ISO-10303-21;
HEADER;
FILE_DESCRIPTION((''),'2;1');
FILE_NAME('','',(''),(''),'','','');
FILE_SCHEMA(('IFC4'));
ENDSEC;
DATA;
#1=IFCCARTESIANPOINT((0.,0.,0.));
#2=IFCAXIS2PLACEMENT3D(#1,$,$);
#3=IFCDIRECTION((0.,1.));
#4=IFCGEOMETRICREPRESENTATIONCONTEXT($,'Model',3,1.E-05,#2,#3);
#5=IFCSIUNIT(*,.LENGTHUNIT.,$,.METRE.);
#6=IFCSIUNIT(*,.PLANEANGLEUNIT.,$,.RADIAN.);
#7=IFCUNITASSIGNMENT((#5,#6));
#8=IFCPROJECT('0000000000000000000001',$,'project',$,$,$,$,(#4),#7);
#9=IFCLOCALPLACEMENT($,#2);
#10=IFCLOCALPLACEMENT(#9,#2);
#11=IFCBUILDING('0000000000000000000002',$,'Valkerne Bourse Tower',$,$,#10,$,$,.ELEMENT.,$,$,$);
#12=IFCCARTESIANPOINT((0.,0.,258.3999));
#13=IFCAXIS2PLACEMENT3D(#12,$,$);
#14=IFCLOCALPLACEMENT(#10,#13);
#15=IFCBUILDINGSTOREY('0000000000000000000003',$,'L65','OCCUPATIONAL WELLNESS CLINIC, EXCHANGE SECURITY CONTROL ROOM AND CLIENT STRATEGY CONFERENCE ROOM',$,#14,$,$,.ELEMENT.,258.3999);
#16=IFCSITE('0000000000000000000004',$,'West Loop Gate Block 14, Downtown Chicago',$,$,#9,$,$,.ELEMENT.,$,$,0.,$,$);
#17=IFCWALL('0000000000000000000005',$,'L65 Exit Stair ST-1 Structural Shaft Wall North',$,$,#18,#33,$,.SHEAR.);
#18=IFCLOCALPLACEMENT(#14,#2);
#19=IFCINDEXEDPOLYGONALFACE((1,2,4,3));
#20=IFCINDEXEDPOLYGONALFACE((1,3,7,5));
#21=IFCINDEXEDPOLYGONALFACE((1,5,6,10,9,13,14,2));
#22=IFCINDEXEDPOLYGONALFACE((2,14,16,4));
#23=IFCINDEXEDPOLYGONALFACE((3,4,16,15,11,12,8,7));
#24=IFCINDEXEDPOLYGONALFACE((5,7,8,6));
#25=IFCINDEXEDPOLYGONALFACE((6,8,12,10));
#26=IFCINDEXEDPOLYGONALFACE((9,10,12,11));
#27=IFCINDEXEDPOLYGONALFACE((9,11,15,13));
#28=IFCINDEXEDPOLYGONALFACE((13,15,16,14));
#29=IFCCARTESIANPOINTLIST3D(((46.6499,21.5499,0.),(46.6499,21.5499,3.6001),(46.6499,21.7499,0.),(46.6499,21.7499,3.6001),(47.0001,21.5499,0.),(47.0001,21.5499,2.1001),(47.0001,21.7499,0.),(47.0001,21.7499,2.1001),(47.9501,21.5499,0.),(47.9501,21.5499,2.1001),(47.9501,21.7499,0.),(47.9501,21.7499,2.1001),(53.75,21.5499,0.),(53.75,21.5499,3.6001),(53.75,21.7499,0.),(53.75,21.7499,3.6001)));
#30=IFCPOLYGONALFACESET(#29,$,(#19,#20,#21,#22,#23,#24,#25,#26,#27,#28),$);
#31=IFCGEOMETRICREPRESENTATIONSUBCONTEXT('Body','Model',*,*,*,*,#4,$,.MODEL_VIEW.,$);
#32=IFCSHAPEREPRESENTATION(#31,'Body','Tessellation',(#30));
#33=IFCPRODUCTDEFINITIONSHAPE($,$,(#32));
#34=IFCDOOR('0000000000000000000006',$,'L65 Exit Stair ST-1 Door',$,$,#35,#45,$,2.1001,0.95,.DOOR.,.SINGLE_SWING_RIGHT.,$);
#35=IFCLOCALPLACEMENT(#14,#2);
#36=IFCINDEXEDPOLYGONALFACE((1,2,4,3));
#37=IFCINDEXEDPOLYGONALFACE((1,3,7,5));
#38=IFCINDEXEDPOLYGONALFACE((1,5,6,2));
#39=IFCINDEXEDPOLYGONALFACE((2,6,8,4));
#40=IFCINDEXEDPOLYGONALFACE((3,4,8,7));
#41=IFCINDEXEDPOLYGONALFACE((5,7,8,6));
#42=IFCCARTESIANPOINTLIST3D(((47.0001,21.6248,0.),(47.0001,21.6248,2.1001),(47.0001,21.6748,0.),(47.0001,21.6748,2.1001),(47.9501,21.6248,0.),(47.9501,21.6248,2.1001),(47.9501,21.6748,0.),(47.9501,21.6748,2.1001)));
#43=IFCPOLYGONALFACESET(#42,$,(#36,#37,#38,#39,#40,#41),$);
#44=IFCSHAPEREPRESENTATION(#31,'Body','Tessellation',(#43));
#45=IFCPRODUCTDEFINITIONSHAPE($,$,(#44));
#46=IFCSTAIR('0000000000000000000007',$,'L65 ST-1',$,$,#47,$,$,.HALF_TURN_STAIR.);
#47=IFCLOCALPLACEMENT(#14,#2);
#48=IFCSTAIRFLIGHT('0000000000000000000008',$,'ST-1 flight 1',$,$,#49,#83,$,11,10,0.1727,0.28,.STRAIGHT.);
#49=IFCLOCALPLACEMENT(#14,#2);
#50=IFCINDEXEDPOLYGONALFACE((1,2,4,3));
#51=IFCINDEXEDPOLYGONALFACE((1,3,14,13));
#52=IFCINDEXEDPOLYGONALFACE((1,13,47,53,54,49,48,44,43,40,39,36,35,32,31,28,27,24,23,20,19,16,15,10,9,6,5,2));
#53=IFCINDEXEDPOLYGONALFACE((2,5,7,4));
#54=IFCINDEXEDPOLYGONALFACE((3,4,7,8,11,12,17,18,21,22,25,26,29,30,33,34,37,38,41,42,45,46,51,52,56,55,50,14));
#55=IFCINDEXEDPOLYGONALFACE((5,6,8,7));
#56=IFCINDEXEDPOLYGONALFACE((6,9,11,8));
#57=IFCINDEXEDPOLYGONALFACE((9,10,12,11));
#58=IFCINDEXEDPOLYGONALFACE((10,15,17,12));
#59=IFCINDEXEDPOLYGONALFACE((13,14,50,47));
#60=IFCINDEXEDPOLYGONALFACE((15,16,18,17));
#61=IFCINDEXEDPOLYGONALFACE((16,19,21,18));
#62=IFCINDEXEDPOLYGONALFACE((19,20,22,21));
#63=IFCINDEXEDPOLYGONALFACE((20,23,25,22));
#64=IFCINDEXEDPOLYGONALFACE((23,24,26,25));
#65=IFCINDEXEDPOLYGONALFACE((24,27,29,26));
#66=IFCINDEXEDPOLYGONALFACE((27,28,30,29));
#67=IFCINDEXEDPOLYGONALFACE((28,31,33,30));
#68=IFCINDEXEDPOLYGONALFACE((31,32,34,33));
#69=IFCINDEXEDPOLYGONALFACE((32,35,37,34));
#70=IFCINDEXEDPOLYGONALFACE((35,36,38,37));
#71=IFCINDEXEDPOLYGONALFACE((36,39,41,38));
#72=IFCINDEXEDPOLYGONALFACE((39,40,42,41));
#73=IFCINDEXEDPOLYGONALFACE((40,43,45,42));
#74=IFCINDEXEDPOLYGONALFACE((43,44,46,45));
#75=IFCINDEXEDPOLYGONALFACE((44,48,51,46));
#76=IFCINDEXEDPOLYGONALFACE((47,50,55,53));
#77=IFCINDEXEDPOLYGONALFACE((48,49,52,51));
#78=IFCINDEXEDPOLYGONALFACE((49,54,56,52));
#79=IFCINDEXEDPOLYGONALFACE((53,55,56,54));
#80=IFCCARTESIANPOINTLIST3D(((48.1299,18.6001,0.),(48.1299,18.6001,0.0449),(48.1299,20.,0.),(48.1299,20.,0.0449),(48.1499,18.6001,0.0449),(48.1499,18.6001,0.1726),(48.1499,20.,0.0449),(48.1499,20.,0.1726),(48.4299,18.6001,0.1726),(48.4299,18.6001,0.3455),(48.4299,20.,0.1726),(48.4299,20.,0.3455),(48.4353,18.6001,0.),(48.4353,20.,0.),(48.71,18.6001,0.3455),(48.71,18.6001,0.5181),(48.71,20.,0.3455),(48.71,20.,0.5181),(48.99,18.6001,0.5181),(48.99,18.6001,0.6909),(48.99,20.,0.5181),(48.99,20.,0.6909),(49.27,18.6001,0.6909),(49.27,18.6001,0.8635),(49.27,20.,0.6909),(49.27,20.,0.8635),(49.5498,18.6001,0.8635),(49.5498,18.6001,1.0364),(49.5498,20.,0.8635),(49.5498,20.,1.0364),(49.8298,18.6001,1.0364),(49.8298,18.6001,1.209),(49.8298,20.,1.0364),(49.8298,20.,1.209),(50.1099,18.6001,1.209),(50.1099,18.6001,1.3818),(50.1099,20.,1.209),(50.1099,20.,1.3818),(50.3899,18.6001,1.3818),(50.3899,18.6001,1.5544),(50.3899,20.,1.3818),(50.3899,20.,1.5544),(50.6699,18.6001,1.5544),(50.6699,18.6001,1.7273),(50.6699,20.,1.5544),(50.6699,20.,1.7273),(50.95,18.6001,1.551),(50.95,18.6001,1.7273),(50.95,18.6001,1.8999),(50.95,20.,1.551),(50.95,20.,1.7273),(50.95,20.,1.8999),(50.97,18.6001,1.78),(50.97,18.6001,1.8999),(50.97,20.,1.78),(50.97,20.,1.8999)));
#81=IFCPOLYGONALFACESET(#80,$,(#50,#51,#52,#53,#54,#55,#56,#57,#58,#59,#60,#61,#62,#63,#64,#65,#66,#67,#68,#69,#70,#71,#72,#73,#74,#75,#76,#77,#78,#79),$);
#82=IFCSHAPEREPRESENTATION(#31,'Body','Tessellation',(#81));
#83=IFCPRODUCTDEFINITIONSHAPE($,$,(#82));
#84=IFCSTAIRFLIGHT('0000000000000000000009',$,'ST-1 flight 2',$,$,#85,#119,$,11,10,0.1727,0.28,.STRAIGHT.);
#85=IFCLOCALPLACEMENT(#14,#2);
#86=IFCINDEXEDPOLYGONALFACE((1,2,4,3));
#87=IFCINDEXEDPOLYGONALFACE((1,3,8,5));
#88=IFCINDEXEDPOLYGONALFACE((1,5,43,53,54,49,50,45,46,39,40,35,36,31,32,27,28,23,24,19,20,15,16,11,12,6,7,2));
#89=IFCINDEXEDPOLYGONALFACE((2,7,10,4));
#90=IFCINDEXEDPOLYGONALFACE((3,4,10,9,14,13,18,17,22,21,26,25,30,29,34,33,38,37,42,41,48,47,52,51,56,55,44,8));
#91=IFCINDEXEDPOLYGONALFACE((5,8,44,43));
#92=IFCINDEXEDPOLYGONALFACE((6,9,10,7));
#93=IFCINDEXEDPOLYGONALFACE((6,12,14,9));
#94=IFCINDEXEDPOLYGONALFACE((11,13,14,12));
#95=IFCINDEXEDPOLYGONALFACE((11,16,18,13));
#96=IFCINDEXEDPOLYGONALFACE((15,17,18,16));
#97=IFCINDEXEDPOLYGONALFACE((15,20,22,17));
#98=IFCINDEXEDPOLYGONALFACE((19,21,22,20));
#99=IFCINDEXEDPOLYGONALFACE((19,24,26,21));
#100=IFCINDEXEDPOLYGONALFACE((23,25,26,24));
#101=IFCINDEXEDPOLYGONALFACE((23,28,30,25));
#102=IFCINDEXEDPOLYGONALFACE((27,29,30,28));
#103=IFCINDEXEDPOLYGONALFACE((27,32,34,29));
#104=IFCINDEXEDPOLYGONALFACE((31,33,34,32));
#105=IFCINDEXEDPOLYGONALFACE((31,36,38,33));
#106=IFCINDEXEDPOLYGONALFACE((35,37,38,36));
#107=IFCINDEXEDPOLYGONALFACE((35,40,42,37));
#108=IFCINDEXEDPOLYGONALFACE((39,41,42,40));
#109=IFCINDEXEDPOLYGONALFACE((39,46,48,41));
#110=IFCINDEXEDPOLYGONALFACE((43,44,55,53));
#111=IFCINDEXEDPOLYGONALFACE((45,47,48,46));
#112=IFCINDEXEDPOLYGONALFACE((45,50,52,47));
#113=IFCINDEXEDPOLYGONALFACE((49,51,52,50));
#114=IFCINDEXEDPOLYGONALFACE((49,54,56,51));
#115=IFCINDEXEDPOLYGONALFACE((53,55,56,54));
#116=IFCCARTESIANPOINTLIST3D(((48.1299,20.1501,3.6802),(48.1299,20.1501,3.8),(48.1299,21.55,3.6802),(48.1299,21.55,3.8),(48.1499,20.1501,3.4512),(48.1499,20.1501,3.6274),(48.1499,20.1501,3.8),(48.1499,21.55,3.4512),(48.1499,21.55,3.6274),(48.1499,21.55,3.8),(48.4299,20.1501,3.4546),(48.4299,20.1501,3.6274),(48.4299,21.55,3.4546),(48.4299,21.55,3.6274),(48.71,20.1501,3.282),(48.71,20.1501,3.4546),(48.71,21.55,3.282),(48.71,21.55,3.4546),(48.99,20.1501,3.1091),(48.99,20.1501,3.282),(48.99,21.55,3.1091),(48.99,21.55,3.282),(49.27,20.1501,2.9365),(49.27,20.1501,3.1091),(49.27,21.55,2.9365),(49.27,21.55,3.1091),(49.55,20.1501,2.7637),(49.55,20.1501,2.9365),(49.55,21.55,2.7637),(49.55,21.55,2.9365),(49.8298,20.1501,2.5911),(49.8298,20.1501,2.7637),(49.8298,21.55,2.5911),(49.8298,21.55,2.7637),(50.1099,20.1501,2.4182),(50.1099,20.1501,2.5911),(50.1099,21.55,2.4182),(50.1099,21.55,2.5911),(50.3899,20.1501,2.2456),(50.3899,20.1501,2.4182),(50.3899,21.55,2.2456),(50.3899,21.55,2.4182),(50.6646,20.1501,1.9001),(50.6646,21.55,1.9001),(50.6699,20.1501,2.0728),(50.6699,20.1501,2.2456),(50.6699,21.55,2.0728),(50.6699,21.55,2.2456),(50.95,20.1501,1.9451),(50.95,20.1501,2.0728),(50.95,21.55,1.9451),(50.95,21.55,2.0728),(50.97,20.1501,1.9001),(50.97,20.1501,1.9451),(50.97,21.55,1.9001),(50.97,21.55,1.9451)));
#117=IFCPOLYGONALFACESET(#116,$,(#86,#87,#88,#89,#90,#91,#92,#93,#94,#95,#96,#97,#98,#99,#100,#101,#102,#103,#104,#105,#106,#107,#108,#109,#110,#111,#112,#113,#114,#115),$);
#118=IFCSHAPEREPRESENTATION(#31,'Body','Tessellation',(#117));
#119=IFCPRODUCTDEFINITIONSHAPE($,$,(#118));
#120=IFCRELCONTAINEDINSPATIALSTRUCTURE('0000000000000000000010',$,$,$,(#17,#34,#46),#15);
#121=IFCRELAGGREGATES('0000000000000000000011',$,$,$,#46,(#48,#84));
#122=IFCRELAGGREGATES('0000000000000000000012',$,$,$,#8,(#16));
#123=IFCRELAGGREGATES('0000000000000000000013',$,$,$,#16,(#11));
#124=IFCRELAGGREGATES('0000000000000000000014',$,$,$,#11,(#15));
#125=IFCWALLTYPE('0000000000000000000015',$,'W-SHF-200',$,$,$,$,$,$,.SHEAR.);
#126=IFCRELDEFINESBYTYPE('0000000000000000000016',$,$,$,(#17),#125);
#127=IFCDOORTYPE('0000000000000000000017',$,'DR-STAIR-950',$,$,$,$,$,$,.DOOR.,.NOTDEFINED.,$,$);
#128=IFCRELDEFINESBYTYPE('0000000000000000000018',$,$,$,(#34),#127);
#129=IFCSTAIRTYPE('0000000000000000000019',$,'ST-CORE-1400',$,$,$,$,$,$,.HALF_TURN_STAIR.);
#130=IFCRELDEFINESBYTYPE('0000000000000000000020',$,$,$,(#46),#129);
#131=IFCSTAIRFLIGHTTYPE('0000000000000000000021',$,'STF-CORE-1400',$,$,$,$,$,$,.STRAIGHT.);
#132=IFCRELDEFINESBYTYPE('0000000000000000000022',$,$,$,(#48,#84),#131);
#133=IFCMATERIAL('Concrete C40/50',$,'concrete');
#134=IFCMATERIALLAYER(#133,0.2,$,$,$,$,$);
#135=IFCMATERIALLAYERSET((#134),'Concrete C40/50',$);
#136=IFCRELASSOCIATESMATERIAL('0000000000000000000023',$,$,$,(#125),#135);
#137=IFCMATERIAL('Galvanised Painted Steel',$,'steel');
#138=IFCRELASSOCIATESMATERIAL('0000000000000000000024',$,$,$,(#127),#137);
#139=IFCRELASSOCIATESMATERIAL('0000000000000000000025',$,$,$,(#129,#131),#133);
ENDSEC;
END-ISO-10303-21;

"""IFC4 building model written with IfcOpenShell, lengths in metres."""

from ifc_helpers import new_model, si_unit, direction, frame, frame_2d, origin, place, context, subcontext, project, spatial, polyline, rectangle, outline, extrude, material, layer, layer_set, type_object, element, fill, aggregate, save


model = new_model("IFC4")

# Units and contexts
model_context = context("Model", 3, precision=1e-05, world=origin(), true_north=direction((0.0, 1.0)))
body_context = subcontext(model_context, "Body", "Model", "MODEL_VIEW")
ifc_project = project(units=[si_unit("LENGTHUNIT", "METRE"), si_unit("PLANEANGLEUNIT", "RADIAN")], contexts=[model_context])

# Site, building, storey
site_placement = place(None, origin())
site = spatial("IfcSite", under=ifc_project, at=site_placement, Name="West Loop Gate Block 14, Downtown Chicago", CompositionType="ELEMENT", RefElevation=0.0)
building_placement = place(site_placement, origin())
building = spatial("IfcBuilding", under=site, at=building_placement, Name="Valkerne Bourse Tower", CompositionType="ELEMENT")
storey_placement = place(building_placement, frame((0.0, 0.0, 258.3999)))
storey = spatial("IfcBuildingStorey", under=building, at=storey_placement, Name="L65", Description="OCCUPATIONAL WELLNESS CLINIC, EXCHANGE SECURITY CONTROL ROOM AND CLIENT STRATEGY CONFERENCE ROOM", CompositionType="ELEMENT", Elevation=258.3999)

# Shared definitions
ifc_material_1 = material(Name="Galvanised Painted Steel", Category="steel")

# Wall, opening, door
ifc_material_2 = material(Name="Concrete C40/50", Category="concrete")
ifc_layer_1 = layer(ifc_material_2, 0.2)
ifc_layer_set_1 = layer_set([ifc_layer_1], Name="Concrete C40/50")
wall_type_1 = type_object("IfcWallType", Name="W-SHF-200", PredefinedType="SHEAR", material=ifc_layer_set_1)
wall_1_placement = place(storey_placement, frame((46.6499, 21.6499, 0.0), z_axis=(0.0, 0.0, 1.0), x_axis=(1.0, 0.0, 0.0)))
wall_1 = element("IfcWall", 1, at=wall_1_placement, inside=storey, type_object=wall_type_1, Name="L65 Exit Stair ST-1 Structural Shaft Wall North", PredefinedType="SHEAR", context=body_context, shape_type="SweptSolid", body=[
    extrude(rectangle(XDim=7.1001, YDim=0.2, at=frame_2d((3.55, 0.0))), origin(), (0.0, 0.0, 1.0), 3.6001),
])
opening_1_placement = place(wall_1_placement, frame((0.3501, 0.0, 0.0)))
opening_1 = element("IfcOpeningElement", 2, at=opening_1_placement, cuts=wall_1, PredefinedType="OPENING", context=body_context, shape_type="SweptSolid", body=[
    extrude(rectangle(XDim=0.95, YDim=2.1001, at=frame_2d((0.4751, 1.05))), frame((0.0, 0.1099, 0.0), z_axis=(0.0, -1.0, 0.0), x_axis=(1.0, 0.0, 0.0)), (0.0, 0.0, 1.0), 0.22),
])
door_type_1 = type_object("IfcDoorType", Name="DR-STAIR-950", OperationType="NOTDEFINED", PredefinedType="DOOR", material=ifc_material_1)
door_1_placement = place(opening_1_placement, origin())
door_1 = element("IfcDoor", 3, at=door_1_placement, inside=storey, type_object=door_type_1, Name="L65 Exit Stair ST-1 Door", OperationType="SINGLE_SWING_RIGHT", OverallHeight=2.1001, OverallWidth=0.95, PredefinedType="DOOR", context=body_context, shape_type="SweptSolid", body=[
    extrude(rectangle(XDim=0.95, YDim=2.1001, at=frame_2d((0.4751, 1.05))), frame((0.0, 0.0249, 0.0), z_axis=(0.0, -1.0, 0.0), x_axis=(1.0, 0.0, 0.0)), (0.0, 0.0, 1.0), 0.05),
])
fill(opening_1, door_1)

# Stair, stair flights
stair_type = type_object("IfcStairType", Name="ST-CORE-1400", PredefinedType="HALF_TURN_STAIR", material=ifc_material_2)
stair_placement = place(storey_placement, origin())
stair = element("IfcStair", 4, at=stair_placement, inside=storey, type_object=stair_type, Name="L65 ST-1", PredefinedType="HALF_TURN_STAIR")
stair_flight_type = type_object("IfcStairFlightType", Name="STF-CORE-1400", PredefinedType="STRAIGHT", material=ifc_material_2)
stair_flight_1_placement = place(storey_placement, frame((48.1499, 19.3, 0.0), z_axis=(0.0, 0.0, 1.0), x_axis=(1.0, 0.0, 0.0)))
stair_flight_1 = element("IfcStairFlight", 5, at=stair_flight_1_placement, type_object=stair_flight_type, Name="ST-1 flight 1", NumberOfRisers=11, NumberOfTreads=10, PredefinedType="STRAIGHT", RiserHeight=0.1727, TreadLength=0.28, context=body_context, shape_type="SweptSolid", body=[
    extrude(outline(polyline([(-0.02, 0.0), (-0.02, 0.0449), (0.0, 0.0449), (0.0, 0.1726), (0.28, 0.1726), (0.28, 0.3455), (0.5601, 0.3455), (0.5601, 0.5181), (0.8401, 0.5181), (0.8401, 0.6909), (1.1201, 0.6909), (1.1201, 0.8635), (1.3999, 0.8635), (1.3999, 1.0364), (1.6799, 1.0364), (1.6799, 1.209), (1.96, 1.209), (1.96, 1.3818), (2.24, 1.3818), (2.24, 1.5544), (2.52, 1.5544), (2.52, 1.7273), (2.8, 1.7273), (2.8, 1.8999), (2.8201, 1.8999), (2.8201, 1.78), (2.8, 1.551), (0.2854, 0.0), (-0.02, 0.0)])), frame((0.0, 0.7, 0.0), z_axis=(0.0, -1.0, 0.0), x_axis=(1.0, 0.0, 0.0)), (0.0, 0.0, 1.0), 1.3999),
])
stair_flight_2_placement = place(storey_placement, frame((50.95, 20.8501, 1.9001), z_axis=(0.0, 0.0, 1.0), x_axis=(-1.0, 0.0, 0.0)))
stair_flight_2 = element("IfcStairFlight", 6, at=stair_flight_2_placement, type_object=stair_flight_type, Name="ST-1 flight 2", NumberOfRisers=11, NumberOfTreads=10, PredefinedType="STRAIGHT", RiserHeight=0.1727, TreadLength=0.28, context=body_context, shape_type="SweptSolid", body=[
    extrude(outline(polyline([(-0.02, 0.0), (-0.02, 0.0449), (0.0, 0.0449), (0.0, 0.1726), (0.28, 0.1726), (0.28, 0.3455), (0.5601, 0.3455), (0.5601, 0.5181), (0.8401, 0.5181), (0.8401, 0.6909), (1.1201, 0.6909), (1.1201, 0.8635), (1.3999, 0.8635), (1.3999, 1.0364), (1.6799, 1.0364), (1.6799, 1.209), (1.96, 1.209), (1.96, 1.3818), (2.24, 1.3818), (2.24, 1.5544), (2.52, 1.5544), (2.52, 1.7273), (2.8, 1.7273), (2.8, 1.8999), (2.8201, 1.8999), (2.8201, 1.78), (2.8, 1.551), (0.2854, 0.0), (-0.02, 0.0)])), frame((0.0, 0.7, 0.0), z_axis=(0.0, -1.0, 0.0), x_axis=(1.0, 0.0, 0.0)), (0.0, 0.0, 1.0), 1.3999),
])
aggregate(stair, [stair_flight_1, stair_flight_2])

save(model, "model.ifc")
